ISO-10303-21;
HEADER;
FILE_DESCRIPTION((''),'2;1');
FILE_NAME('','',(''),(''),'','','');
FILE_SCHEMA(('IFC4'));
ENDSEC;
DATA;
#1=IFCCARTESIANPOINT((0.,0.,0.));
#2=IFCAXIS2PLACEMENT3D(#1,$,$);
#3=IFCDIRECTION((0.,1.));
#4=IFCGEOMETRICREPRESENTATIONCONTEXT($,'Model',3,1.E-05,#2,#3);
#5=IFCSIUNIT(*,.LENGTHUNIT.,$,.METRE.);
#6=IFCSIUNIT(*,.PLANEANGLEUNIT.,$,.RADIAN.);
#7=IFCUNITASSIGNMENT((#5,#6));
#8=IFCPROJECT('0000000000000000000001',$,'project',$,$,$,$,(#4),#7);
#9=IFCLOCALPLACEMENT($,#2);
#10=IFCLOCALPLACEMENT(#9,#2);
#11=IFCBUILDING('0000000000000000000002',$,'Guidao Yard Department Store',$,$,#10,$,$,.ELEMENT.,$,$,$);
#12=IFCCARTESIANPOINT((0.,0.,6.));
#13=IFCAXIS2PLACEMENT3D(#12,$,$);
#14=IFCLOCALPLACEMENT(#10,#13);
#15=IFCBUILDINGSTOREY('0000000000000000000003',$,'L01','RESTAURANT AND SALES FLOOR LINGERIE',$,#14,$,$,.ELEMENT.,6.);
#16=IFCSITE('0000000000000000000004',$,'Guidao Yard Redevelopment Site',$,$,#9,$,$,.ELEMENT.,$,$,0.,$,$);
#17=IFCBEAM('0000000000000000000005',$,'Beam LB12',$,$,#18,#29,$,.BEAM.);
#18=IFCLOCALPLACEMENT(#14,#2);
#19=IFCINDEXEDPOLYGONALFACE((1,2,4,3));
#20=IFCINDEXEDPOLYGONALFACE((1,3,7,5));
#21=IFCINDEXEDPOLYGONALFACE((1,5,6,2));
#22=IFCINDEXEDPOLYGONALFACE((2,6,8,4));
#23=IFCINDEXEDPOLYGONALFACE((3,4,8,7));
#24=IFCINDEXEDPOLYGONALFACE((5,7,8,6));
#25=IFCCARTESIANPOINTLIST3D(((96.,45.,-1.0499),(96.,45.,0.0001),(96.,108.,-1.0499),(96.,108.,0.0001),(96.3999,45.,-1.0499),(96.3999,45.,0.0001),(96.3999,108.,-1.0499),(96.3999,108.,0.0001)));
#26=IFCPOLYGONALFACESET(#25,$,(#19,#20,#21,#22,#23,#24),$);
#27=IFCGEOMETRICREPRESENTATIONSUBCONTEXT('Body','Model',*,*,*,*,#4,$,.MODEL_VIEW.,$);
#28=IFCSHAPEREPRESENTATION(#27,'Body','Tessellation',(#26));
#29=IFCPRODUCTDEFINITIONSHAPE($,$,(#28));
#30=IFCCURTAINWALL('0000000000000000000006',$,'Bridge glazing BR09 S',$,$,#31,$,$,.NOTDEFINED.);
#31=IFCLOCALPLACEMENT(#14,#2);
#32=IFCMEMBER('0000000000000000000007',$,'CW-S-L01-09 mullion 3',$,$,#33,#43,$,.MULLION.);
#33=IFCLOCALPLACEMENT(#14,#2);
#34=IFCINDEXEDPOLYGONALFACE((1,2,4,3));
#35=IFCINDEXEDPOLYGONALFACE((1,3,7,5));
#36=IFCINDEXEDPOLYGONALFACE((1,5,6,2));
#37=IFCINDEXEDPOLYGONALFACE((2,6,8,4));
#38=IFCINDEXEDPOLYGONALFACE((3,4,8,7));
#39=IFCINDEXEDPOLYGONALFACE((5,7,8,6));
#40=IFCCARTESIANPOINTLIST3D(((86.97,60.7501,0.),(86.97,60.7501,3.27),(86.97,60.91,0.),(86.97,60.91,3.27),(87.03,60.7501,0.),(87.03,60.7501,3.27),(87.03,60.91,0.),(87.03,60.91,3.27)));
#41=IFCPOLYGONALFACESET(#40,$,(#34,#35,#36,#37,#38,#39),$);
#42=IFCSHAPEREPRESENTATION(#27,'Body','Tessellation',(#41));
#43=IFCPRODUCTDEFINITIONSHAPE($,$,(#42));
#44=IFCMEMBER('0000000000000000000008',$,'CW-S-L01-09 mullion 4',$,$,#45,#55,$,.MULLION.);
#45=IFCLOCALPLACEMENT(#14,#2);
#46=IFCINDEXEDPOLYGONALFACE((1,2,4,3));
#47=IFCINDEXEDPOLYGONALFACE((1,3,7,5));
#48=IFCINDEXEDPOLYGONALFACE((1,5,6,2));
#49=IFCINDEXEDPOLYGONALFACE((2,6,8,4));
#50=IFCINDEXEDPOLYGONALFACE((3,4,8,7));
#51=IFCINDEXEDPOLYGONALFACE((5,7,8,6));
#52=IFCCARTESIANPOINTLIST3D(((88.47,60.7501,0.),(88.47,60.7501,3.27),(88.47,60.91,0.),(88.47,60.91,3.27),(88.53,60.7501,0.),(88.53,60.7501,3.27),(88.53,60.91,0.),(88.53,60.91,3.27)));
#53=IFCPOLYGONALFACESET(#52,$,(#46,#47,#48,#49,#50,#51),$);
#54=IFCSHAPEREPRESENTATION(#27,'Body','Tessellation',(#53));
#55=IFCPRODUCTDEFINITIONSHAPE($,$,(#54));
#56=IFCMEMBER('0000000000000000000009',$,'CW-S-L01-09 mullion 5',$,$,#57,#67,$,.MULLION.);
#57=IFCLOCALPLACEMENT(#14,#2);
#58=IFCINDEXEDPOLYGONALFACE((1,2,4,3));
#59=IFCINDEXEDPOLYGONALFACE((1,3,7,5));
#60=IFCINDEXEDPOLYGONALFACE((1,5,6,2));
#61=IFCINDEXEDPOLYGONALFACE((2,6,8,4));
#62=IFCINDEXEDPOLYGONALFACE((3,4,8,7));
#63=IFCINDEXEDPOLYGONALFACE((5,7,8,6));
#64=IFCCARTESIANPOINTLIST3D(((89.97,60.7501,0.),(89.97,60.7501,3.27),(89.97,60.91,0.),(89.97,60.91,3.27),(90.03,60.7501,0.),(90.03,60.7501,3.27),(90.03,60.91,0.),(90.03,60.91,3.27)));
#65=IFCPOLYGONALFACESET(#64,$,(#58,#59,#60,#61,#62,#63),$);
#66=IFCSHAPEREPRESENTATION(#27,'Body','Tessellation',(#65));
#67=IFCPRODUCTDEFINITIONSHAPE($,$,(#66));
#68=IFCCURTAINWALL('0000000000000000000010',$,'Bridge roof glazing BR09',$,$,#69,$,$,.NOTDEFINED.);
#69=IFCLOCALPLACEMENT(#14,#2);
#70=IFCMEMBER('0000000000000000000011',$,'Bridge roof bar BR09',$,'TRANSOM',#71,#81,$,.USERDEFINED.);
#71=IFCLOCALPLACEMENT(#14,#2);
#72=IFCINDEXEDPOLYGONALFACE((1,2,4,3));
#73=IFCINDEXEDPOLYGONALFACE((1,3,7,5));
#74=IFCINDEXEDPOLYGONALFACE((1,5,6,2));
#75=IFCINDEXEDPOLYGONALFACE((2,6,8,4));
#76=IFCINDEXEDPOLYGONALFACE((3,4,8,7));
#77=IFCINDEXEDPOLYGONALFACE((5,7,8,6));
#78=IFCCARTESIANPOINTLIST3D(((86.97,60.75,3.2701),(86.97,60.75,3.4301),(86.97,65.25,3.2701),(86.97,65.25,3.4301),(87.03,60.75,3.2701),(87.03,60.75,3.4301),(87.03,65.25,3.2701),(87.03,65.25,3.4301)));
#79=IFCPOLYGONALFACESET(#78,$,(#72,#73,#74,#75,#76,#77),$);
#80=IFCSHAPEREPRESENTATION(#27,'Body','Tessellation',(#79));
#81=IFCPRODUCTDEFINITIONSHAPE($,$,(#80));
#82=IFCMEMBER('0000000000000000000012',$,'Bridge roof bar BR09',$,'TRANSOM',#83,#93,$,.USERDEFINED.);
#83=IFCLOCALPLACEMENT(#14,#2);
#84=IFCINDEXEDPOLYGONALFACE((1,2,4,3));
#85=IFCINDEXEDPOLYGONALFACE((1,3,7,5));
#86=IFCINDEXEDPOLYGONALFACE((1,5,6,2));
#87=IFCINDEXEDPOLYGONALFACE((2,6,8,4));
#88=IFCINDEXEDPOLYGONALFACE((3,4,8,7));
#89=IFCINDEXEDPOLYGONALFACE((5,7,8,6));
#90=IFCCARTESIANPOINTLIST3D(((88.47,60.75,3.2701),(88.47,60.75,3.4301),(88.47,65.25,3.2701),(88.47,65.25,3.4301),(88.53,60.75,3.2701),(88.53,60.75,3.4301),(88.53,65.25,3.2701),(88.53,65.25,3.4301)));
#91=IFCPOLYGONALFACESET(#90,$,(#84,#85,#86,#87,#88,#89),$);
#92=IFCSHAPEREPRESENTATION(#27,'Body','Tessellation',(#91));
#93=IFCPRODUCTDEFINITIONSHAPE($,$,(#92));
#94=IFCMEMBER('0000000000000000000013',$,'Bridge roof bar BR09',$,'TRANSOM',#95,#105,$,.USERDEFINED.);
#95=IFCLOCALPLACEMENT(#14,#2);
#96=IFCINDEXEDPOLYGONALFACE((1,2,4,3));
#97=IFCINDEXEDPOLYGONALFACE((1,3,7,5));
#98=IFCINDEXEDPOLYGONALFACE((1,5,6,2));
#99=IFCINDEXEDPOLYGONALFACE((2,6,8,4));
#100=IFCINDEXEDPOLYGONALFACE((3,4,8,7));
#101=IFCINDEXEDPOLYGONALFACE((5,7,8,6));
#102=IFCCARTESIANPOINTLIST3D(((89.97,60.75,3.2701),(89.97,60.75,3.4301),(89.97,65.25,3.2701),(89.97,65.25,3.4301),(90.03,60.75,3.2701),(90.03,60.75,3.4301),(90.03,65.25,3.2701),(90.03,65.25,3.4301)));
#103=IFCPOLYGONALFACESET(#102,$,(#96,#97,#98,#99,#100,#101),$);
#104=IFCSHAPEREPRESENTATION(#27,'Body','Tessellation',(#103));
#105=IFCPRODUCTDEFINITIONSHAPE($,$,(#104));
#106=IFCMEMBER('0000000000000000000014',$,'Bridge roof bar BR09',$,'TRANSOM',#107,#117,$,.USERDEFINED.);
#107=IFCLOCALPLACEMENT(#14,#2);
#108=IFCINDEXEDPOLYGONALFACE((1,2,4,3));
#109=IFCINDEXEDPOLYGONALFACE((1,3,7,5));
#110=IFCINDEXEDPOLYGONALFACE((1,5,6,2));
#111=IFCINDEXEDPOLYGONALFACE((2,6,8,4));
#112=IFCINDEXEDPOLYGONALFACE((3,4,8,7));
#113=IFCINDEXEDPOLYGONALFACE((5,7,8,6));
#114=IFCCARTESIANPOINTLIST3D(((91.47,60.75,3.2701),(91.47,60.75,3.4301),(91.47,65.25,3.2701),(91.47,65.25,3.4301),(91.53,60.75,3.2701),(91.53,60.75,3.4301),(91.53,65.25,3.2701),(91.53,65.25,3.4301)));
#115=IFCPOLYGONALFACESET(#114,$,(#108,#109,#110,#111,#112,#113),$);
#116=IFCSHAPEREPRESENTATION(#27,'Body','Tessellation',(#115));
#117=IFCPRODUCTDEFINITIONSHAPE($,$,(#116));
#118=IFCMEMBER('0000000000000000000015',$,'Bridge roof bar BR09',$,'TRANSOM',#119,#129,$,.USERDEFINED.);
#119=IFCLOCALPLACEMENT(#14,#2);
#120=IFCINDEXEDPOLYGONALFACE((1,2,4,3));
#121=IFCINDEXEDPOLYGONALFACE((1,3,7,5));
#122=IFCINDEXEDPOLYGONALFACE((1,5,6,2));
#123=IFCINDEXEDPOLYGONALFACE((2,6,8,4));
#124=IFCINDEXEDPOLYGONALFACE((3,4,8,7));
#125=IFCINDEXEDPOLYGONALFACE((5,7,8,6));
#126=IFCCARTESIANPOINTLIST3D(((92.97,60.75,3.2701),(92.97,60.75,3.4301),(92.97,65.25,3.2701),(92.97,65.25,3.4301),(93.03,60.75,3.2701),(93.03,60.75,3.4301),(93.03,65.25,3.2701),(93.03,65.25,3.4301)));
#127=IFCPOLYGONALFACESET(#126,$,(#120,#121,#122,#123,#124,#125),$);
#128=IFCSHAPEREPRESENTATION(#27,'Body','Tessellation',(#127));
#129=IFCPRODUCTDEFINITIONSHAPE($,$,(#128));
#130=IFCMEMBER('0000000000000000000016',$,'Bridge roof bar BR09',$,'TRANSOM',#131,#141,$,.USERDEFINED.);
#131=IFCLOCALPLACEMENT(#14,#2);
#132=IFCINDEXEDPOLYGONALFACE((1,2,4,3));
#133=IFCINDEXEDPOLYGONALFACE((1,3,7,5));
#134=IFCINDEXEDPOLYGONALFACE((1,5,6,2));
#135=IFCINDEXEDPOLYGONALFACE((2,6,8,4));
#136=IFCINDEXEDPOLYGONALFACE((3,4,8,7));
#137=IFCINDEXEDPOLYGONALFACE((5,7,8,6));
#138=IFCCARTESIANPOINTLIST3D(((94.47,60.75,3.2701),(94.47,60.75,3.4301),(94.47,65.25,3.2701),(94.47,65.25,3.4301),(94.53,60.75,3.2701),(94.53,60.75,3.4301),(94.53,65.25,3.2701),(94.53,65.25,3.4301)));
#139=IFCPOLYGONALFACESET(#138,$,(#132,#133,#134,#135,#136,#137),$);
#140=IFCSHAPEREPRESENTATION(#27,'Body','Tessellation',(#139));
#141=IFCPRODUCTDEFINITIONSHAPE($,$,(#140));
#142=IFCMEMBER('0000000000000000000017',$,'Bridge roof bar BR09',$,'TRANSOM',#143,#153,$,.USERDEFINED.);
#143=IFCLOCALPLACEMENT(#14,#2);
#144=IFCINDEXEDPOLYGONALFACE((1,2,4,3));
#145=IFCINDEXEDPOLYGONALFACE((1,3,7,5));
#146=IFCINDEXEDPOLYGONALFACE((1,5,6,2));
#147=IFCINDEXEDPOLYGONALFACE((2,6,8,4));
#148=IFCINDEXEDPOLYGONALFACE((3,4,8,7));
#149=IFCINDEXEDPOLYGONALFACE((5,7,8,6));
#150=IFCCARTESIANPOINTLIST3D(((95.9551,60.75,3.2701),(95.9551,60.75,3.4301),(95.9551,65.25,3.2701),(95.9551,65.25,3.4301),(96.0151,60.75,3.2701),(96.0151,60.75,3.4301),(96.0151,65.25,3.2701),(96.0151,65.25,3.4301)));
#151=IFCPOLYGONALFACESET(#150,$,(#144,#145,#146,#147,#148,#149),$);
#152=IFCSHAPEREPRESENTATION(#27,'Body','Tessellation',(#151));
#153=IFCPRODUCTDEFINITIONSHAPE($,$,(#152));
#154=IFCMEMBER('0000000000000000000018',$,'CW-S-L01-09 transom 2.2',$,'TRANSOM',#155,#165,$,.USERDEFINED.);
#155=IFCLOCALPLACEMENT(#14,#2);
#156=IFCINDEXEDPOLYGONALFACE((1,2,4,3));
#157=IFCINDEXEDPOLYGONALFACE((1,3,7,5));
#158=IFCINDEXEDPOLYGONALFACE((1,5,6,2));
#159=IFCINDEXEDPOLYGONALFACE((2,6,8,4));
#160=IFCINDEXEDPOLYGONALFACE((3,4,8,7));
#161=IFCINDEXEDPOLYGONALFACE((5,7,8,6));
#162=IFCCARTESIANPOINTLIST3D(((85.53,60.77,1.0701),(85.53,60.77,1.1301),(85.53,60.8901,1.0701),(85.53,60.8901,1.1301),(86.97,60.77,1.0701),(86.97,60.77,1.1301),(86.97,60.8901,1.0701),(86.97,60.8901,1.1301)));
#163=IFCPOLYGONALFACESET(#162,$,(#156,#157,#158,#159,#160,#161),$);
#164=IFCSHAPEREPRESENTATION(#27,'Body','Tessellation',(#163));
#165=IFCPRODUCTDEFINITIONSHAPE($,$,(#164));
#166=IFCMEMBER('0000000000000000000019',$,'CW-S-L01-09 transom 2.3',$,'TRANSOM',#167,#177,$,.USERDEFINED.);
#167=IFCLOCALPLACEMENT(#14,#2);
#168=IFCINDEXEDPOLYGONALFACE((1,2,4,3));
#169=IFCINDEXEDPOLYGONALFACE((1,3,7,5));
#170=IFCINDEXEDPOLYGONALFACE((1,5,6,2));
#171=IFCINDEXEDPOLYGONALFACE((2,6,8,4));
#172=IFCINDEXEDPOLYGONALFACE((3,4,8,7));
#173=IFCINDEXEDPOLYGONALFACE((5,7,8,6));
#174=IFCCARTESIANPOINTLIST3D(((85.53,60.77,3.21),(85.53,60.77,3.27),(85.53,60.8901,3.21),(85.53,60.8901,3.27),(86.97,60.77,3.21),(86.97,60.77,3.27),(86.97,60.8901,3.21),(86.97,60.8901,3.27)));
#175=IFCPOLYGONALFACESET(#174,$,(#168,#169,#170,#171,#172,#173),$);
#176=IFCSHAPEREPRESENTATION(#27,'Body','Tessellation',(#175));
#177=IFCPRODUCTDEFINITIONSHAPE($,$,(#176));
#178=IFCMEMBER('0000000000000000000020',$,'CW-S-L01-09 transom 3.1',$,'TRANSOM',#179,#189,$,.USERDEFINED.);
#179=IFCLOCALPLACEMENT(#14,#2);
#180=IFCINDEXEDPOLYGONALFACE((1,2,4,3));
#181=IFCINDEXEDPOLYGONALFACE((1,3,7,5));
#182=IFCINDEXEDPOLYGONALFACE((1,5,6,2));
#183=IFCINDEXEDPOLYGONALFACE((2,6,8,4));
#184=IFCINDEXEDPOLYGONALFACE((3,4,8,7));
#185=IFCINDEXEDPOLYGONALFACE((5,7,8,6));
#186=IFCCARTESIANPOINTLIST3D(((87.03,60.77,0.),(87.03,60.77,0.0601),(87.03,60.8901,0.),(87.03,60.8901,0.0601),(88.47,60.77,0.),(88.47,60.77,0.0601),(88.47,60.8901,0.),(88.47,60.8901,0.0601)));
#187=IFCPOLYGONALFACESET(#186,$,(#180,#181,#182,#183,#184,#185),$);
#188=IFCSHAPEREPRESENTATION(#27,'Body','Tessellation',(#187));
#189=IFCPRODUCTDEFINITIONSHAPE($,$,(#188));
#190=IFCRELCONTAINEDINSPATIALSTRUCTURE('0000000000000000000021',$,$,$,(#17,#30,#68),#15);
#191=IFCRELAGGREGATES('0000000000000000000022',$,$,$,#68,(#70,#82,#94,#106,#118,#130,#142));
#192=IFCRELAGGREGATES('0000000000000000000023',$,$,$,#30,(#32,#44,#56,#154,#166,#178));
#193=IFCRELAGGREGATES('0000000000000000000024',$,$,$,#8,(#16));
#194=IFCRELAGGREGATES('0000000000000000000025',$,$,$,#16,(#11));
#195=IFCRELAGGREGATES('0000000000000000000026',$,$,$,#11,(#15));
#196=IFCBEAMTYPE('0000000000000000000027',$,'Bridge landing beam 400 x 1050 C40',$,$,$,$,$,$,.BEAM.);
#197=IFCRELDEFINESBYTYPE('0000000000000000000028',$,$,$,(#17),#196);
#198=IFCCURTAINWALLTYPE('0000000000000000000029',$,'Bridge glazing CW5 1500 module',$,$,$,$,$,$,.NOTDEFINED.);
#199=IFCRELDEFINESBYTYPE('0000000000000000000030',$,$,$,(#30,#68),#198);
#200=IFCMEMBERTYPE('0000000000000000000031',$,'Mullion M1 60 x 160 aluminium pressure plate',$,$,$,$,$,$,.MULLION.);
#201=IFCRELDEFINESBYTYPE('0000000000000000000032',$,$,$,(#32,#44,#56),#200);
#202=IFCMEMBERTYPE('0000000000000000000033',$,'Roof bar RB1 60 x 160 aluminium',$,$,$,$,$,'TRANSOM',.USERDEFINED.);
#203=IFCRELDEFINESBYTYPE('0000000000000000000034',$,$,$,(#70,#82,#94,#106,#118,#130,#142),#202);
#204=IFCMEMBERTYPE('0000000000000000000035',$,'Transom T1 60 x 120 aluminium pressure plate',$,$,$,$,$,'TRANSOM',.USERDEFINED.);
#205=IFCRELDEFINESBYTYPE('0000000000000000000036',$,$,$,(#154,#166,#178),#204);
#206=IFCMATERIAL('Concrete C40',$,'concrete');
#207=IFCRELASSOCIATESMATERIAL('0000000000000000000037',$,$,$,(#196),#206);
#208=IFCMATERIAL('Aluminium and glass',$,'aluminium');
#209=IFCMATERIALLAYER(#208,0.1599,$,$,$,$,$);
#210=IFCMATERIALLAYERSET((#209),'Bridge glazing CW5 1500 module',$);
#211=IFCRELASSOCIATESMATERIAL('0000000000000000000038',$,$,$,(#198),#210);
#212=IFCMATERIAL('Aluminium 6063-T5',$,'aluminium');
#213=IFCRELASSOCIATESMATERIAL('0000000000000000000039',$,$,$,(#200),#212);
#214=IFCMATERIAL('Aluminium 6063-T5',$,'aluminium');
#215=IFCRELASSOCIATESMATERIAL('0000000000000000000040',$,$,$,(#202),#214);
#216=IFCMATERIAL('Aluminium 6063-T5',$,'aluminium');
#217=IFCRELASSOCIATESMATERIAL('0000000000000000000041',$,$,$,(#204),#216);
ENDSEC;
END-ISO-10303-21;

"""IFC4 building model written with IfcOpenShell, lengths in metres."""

from ifc_helpers import new_model, si_unit, direction, frame, origin, origin_2d, place, context, subcontext, project, spatial, rectangle, extrude, material, layer, layer_set, material_profile, profile_set, type_object, element, aggregate, save


model = new_model("IFC4")

# Units and contexts
model_context = context("Model", 3, precision=1e-05, world=origin(), true_north=direction((0.0, 1.0)))
body_context = subcontext(model_context, "Body", "Model", "MODEL_VIEW")
ifc_project = project(units=[si_unit("LENGTHUNIT", "METRE"), si_unit("PLANEANGLEUNIT", "RADIAN")], contexts=[model_context])

# Site, building, storey
site_placement = place(None, origin())
site = spatial("IfcSite", under=ifc_project, at=site_placement, Name="Guidao Yard Redevelopment Site", CompositionType="ELEMENT", RefElevation=0.0)
building_placement = place(site_placement, origin())
building = spatial("IfcBuilding", under=site, at=building_placement, Name="Guidao Yard Department Store", CompositionType="ELEMENT")
storey_placement = place(building_placement, frame((0.0, 0.0, 6.0)))
storey = spatial("IfcBuildingStorey", under=building, at=storey_placement, Name="L01", Description="RESTAURANT AND SALES FLOOR LINGERIE", CompositionType="ELEMENT", Elevation=6.0)

# Beam
ifc_material_1 = material(Name="Concrete C40", Category="concrete")
ifc_material_profile_1 = material_profile(ifc_material_1, rectangle(XDim=0.3999, YDim=1.05, at=origin_2d()), Name="Bridge landing beam 400 x 1050 C40")
ifc_profile_set_1 = profile_set([ifc_material_profile_1], Name="Concrete C40")
beam_type = type_object("IfcBeamType", Name="Bridge landing beam 400 x 1050 C40", PredefinedType="BEAM", material=ifc_profile_set_1)
beam_placement = place(storey_placement, frame((96.2, 45.0, -0.5249), z_axis=(0.0, 1.0, 0.0), x_axis=(-1.0, 0.0, 0.0)))
element("IfcBeam", 1, at=beam_placement, inside=storey, type_object=beam_type, Name="Beam LB12", PredefinedType="BEAM", context=body_context, shape_type="SweptSolid", body=[
    extrude(rectangle(XDim=0.3999, YDim=1.05, at=origin_2d()), origin(), (0.0, 0.0, 1.0), 63.0),
])

# Curtain walls, members
ifc_material_2 = material(Name="Aluminium and glass", Category="aluminium")
ifc_layer_1 = layer(ifc_material_2, 0.1599)
ifc_layer_set_1 = layer_set([ifc_layer_1], Name="Bridge glazing CW5 1500 module")
curtain_wall_type = type_object("IfcCurtainWallType", Name="Bridge glazing CW5 1500 module", PredefinedType="NOTDEFINED", material=ifc_layer_set_1)
curtain_wall_1_placement = place(storey_placement, origin())
curtain_wall_1 = element("IfcCurtainWall", 2, at=curtain_wall_1_placement, inside=storey, type_object=curtain_wall_type, Name="Bridge glazing BR09 S", PredefinedType="NOTDEFINED")
ifc_material_3 = material(Name="Aluminium 6063-T5", Category="aluminium")
ifc_material_profile_2 = material_profile(ifc_material_3, rectangle(XDim=0.0601, YDim=0.1599, at=origin_2d()), Name="Mullion M1 60 x 160 aluminium pressure plate")
ifc_profile_set_2 = profile_set([ifc_material_profile_2], Name="Aluminium 6063-T5")
member_type_1 = type_object("IfcMemberType", Name="Mullion M1 60 x 160 aluminium pressure plate", PredefinedType="MULLION", material=ifc_profile_set_2)
member_1_placement = place(storey_placement, frame((87.0, 60.8301, 0.0), z_axis=(0.0, 0.0, 1.0), x_axis=(-1.0, 0.0, 0.0)))
member_1 = element("IfcMember", 3, at=member_1_placement, type_object=member_type_1, Name="CW-S-L01-09 mullion 3", PredefinedType="MULLION", context=body_context, shape_type="SweptSolid", body=[
    extrude(rectangle(XDim=0.0601, YDim=0.1599, at=origin_2d()), origin(), (0.0, 0.0, 1.0), 3.27),
])
member_2_placement = place(storey_placement, frame((88.5, 60.8301, 0.0), z_axis=(0.0, 0.0, 1.0), x_axis=(-1.0, 0.0, 0.0)))
member_2 = element("IfcMember", 4, at=member_2_placement, type_object=member_type_1, Name="CW-S-L01-09 mullion 4", PredefinedType="MULLION", context=body_context, shape_type="SweptSolid", body=[
    extrude(rectangle(XDim=0.0601, YDim=0.1599, at=origin_2d()), origin(), (0.0, 0.0, 1.0), 3.27),
])
member_3_placement = place(storey_placement, frame((90.0, 60.8301, 0.0), z_axis=(0.0, 0.0, 1.0), x_axis=(-1.0, 0.0, 0.0)))
member_3 = element("IfcMember", 5, at=member_3_placement, type_object=member_type_1, Name="CW-S-L01-09 mullion 5", PredefinedType="MULLION", context=body_context, shape_type="SweptSolid", body=[
    extrude(rectangle(XDim=0.0601, YDim=0.1599, at=origin_2d()), origin(), (0.0, 0.0, 1.0), 3.27),
])
curtain_wall_2_placement = place(storey_placement, origin())
curtain_wall_2 = element("IfcCurtainWall", 6, at=curtain_wall_2_placement, inside=storey, type_object=curtain_wall_type, Name="Bridge roof glazing BR09", PredefinedType="NOTDEFINED")
ifc_material_4 = material(Name="Aluminium 6063-T5", Category="aluminium")
ifc_material_profile_3 = material_profile(ifc_material_4, rectangle(XDim=0.0601, YDim=0.1599, at=origin_2d()), Name="Roof bar RB1 60 x 160 aluminium")
ifc_profile_set_3 = profile_set([ifc_material_profile_3], Name="Aluminium 6063-T5")
member_type_2 = type_object("IfcMemberType", Name="Roof bar RB1 60 x 160 aluminium", ElementType="TRANSOM", PredefinedType="USERDEFINED", material=ifc_profile_set_3)
member_4_placement = place(storey_placement, frame((87.0, 60.75, 3.3501), z_axis=(0.0, 1.0, 0.0), x_axis=(-1.0, 0.0, 0.0)))
member_4 = element("IfcMember", 7, at=member_4_placement, type_object=member_type_2, Name="Bridge roof bar BR09", ObjectType="TRANSOM", PredefinedType="USERDEFINED", context=body_context, shape_type="SweptSolid", body=[
    extrude(rectangle(XDim=0.0601, YDim=0.1599, at=origin_2d()), origin(), (0.0, 0.0, 1.0), 4.5),
])
member_5_placement = place(storey_placement, frame((88.5, 60.75, 3.3501), z_axis=(0.0, 1.0, 0.0), x_axis=(-1.0, 0.0, 0.0)))
member_5 = element("IfcMember", 8, at=member_5_placement, type_object=member_type_2, Name="Bridge roof bar BR09", ObjectType="TRANSOM", PredefinedType="USERDEFINED", context=body_context, shape_type="SweptSolid", body=[
    extrude(rectangle(XDim=0.0601, YDim=0.1599, at=origin_2d()), origin(), (0.0, 0.0, 1.0), 4.5),
])
member_6_placement = place(storey_placement, frame((90.0, 60.75, 3.3501), z_axis=(0.0, 1.0, 0.0), x_axis=(-1.0, 0.0, 0.0)))
member_6 = element("IfcMember", 9, at=member_6_placement, type_object=member_type_2, Name="Bridge roof bar BR09", ObjectType="TRANSOM", PredefinedType="USERDEFINED", context=body_context, shape_type="SweptSolid", body=[
    extrude(rectangle(XDim=0.0601, YDim=0.1599, at=origin_2d()), origin(), (0.0, 0.0, 1.0), 4.5),
])
member_7_placement = place(storey_placement, frame((91.5, 60.75, 3.3501), z_axis=(0.0, 1.0, 0.0), x_axis=(-1.0, 0.0, 0.0)))
member_7 = element("IfcMember", 10, at=member_7_placement, type_object=member_type_2, Name="Bridge roof bar BR09", ObjectType="TRANSOM", PredefinedType="USERDEFINED", context=body_context, shape_type="SweptSolid", body=[
    extrude(rectangle(XDim=0.0601, YDim=0.1599, at=origin_2d()), origin(), (0.0, 0.0, 1.0), 4.5),
])
member_8_placement = place(storey_placement, frame((93.0, 60.75, 3.3501), z_axis=(0.0, 1.0, 0.0), x_axis=(-1.0, 0.0, 0.0)))
member_8 = element("IfcMember", 11, at=member_8_placement, type_object=member_type_2, Name="Bridge roof bar BR09", ObjectType="TRANSOM", PredefinedType="USERDEFINED", context=body_context, shape_type="SweptSolid", body=[
    extrude(rectangle(XDim=0.0601, YDim=0.1599, at=origin_2d()), origin(), (0.0, 0.0, 1.0), 4.5),
])
member_9_placement = place(storey_placement, frame((94.5, 60.75, 3.3501), z_axis=(0.0, 1.0, 0.0), x_axis=(-1.0, 0.0, 0.0)))
member_9 = element("IfcMember", 12, at=member_9_placement, type_object=member_type_2, Name="Bridge roof bar BR09", ObjectType="TRANSOM", PredefinedType="USERDEFINED", context=body_context, shape_type="SweptSolid", body=[
    extrude(rectangle(XDim=0.0601, YDim=0.1599, at=origin_2d()), origin(), (0.0, 0.0, 1.0), 4.5),
])
member_10_placement = place(storey_placement, frame((95.9851, 60.75, 3.3501), z_axis=(0.0, 1.0, 0.0), x_axis=(-1.0, 0.0, 0.0)))
member_10 = element("IfcMember", 13, at=member_10_placement, type_object=member_type_2, Name="Bridge roof bar BR09", ObjectType="TRANSOM", PredefinedType="USERDEFINED", context=body_context, shape_type="SweptSolid", body=[
    extrude(rectangle(XDim=0.0601, YDim=0.1599, at=origin_2d()), origin(), (0.0, 0.0, 1.0), 4.5),
])
aggregate(curtain_wall_2, [member_4, member_5, member_6, member_7, member_8, member_9, member_10])

# Members
ifc_material_5 = material(Name="Aluminium 6063-T5", Category="aluminium")
ifc_material_profile_4 = material_profile(ifc_material_5, rectangle(XDim=0.1201, YDim=0.0601, at=origin_2d()), Name="Transom T1 60 x 120 aluminium pressure plate")
ifc_profile_set_4 = profile_set([ifc_material_profile_4], Name="Aluminium 6063-T5")
member_type_3 = type_object("IfcMemberType", Name="Transom T1 60 x 120 aluminium pressure plate", ElementType="TRANSOM", PredefinedType="USERDEFINED", material=ifc_profile_set_4)
member_11_placement = place(storey_placement, frame((86.97, 60.8301, 1.1001), z_axis=(-1.0, 0.0, 0.0), x_axis=(0.0, -1.0, 0.0)))
member_11 = element("IfcMember", 14, at=member_11_placement, type_object=member_type_3, Name="CW-S-L01-09 transom 2.2", ObjectType="TRANSOM", PredefinedType="USERDEFINED", context=body_context, shape_type="SweptSolid", body=[
    extrude(rectangle(XDim=0.1201, YDim=0.0601, at=origin_2d()), origin(), (0.0, 0.0, 1.0), 1.4399),
])
member_12_placement = place(storey_placement, frame((86.97, 60.8301, 3.24), z_axis=(-1.0, 0.0, 0.0), x_axis=(0.0, -1.0, 0.0)))
member_12 = element("IfcMember", 15, at=member_12_placement, type_object=member_type_3, Name="CW-S-L01-09 transom 2.3", ObjectType="TRANSOM", PredefinedType="USERDEFINED", context=body_context, shape_type="SweptSolid", body=[
    extrude(rectangle(XDim=0.1201, YDim=0.0601, at=origin_2d()), origin(), (0.0, 0.0, 1.0), 1.4399),
])
member_13_placement = place(storey_placement, frame((88.47, 60.8301, 0.03), z_axis=(-1.0, 0.0, 0.0), x_axis=(0.0, -1.0, 0.0)))
member_13 = element("IfcMember", 16, at=member_13_placement, type_object=member_type_3, Name="CW-S-L01-09 transom 3.1", ObjectType="TRANSOM", PredefinedType="USERDEFINED", context=body_context, shape_type="SweptSolid", body=[
    extrude(rectangle(XDim=0.1201, YDim=0.0601, at=origin_2d()), origin(), (0.0, 0.0, 1.0), 1.4399),
])

aggregate(curtain_wall_1, [member_1, member_2, member_3, member_11, member_12, member_13])

save(model, "model.ifc")
